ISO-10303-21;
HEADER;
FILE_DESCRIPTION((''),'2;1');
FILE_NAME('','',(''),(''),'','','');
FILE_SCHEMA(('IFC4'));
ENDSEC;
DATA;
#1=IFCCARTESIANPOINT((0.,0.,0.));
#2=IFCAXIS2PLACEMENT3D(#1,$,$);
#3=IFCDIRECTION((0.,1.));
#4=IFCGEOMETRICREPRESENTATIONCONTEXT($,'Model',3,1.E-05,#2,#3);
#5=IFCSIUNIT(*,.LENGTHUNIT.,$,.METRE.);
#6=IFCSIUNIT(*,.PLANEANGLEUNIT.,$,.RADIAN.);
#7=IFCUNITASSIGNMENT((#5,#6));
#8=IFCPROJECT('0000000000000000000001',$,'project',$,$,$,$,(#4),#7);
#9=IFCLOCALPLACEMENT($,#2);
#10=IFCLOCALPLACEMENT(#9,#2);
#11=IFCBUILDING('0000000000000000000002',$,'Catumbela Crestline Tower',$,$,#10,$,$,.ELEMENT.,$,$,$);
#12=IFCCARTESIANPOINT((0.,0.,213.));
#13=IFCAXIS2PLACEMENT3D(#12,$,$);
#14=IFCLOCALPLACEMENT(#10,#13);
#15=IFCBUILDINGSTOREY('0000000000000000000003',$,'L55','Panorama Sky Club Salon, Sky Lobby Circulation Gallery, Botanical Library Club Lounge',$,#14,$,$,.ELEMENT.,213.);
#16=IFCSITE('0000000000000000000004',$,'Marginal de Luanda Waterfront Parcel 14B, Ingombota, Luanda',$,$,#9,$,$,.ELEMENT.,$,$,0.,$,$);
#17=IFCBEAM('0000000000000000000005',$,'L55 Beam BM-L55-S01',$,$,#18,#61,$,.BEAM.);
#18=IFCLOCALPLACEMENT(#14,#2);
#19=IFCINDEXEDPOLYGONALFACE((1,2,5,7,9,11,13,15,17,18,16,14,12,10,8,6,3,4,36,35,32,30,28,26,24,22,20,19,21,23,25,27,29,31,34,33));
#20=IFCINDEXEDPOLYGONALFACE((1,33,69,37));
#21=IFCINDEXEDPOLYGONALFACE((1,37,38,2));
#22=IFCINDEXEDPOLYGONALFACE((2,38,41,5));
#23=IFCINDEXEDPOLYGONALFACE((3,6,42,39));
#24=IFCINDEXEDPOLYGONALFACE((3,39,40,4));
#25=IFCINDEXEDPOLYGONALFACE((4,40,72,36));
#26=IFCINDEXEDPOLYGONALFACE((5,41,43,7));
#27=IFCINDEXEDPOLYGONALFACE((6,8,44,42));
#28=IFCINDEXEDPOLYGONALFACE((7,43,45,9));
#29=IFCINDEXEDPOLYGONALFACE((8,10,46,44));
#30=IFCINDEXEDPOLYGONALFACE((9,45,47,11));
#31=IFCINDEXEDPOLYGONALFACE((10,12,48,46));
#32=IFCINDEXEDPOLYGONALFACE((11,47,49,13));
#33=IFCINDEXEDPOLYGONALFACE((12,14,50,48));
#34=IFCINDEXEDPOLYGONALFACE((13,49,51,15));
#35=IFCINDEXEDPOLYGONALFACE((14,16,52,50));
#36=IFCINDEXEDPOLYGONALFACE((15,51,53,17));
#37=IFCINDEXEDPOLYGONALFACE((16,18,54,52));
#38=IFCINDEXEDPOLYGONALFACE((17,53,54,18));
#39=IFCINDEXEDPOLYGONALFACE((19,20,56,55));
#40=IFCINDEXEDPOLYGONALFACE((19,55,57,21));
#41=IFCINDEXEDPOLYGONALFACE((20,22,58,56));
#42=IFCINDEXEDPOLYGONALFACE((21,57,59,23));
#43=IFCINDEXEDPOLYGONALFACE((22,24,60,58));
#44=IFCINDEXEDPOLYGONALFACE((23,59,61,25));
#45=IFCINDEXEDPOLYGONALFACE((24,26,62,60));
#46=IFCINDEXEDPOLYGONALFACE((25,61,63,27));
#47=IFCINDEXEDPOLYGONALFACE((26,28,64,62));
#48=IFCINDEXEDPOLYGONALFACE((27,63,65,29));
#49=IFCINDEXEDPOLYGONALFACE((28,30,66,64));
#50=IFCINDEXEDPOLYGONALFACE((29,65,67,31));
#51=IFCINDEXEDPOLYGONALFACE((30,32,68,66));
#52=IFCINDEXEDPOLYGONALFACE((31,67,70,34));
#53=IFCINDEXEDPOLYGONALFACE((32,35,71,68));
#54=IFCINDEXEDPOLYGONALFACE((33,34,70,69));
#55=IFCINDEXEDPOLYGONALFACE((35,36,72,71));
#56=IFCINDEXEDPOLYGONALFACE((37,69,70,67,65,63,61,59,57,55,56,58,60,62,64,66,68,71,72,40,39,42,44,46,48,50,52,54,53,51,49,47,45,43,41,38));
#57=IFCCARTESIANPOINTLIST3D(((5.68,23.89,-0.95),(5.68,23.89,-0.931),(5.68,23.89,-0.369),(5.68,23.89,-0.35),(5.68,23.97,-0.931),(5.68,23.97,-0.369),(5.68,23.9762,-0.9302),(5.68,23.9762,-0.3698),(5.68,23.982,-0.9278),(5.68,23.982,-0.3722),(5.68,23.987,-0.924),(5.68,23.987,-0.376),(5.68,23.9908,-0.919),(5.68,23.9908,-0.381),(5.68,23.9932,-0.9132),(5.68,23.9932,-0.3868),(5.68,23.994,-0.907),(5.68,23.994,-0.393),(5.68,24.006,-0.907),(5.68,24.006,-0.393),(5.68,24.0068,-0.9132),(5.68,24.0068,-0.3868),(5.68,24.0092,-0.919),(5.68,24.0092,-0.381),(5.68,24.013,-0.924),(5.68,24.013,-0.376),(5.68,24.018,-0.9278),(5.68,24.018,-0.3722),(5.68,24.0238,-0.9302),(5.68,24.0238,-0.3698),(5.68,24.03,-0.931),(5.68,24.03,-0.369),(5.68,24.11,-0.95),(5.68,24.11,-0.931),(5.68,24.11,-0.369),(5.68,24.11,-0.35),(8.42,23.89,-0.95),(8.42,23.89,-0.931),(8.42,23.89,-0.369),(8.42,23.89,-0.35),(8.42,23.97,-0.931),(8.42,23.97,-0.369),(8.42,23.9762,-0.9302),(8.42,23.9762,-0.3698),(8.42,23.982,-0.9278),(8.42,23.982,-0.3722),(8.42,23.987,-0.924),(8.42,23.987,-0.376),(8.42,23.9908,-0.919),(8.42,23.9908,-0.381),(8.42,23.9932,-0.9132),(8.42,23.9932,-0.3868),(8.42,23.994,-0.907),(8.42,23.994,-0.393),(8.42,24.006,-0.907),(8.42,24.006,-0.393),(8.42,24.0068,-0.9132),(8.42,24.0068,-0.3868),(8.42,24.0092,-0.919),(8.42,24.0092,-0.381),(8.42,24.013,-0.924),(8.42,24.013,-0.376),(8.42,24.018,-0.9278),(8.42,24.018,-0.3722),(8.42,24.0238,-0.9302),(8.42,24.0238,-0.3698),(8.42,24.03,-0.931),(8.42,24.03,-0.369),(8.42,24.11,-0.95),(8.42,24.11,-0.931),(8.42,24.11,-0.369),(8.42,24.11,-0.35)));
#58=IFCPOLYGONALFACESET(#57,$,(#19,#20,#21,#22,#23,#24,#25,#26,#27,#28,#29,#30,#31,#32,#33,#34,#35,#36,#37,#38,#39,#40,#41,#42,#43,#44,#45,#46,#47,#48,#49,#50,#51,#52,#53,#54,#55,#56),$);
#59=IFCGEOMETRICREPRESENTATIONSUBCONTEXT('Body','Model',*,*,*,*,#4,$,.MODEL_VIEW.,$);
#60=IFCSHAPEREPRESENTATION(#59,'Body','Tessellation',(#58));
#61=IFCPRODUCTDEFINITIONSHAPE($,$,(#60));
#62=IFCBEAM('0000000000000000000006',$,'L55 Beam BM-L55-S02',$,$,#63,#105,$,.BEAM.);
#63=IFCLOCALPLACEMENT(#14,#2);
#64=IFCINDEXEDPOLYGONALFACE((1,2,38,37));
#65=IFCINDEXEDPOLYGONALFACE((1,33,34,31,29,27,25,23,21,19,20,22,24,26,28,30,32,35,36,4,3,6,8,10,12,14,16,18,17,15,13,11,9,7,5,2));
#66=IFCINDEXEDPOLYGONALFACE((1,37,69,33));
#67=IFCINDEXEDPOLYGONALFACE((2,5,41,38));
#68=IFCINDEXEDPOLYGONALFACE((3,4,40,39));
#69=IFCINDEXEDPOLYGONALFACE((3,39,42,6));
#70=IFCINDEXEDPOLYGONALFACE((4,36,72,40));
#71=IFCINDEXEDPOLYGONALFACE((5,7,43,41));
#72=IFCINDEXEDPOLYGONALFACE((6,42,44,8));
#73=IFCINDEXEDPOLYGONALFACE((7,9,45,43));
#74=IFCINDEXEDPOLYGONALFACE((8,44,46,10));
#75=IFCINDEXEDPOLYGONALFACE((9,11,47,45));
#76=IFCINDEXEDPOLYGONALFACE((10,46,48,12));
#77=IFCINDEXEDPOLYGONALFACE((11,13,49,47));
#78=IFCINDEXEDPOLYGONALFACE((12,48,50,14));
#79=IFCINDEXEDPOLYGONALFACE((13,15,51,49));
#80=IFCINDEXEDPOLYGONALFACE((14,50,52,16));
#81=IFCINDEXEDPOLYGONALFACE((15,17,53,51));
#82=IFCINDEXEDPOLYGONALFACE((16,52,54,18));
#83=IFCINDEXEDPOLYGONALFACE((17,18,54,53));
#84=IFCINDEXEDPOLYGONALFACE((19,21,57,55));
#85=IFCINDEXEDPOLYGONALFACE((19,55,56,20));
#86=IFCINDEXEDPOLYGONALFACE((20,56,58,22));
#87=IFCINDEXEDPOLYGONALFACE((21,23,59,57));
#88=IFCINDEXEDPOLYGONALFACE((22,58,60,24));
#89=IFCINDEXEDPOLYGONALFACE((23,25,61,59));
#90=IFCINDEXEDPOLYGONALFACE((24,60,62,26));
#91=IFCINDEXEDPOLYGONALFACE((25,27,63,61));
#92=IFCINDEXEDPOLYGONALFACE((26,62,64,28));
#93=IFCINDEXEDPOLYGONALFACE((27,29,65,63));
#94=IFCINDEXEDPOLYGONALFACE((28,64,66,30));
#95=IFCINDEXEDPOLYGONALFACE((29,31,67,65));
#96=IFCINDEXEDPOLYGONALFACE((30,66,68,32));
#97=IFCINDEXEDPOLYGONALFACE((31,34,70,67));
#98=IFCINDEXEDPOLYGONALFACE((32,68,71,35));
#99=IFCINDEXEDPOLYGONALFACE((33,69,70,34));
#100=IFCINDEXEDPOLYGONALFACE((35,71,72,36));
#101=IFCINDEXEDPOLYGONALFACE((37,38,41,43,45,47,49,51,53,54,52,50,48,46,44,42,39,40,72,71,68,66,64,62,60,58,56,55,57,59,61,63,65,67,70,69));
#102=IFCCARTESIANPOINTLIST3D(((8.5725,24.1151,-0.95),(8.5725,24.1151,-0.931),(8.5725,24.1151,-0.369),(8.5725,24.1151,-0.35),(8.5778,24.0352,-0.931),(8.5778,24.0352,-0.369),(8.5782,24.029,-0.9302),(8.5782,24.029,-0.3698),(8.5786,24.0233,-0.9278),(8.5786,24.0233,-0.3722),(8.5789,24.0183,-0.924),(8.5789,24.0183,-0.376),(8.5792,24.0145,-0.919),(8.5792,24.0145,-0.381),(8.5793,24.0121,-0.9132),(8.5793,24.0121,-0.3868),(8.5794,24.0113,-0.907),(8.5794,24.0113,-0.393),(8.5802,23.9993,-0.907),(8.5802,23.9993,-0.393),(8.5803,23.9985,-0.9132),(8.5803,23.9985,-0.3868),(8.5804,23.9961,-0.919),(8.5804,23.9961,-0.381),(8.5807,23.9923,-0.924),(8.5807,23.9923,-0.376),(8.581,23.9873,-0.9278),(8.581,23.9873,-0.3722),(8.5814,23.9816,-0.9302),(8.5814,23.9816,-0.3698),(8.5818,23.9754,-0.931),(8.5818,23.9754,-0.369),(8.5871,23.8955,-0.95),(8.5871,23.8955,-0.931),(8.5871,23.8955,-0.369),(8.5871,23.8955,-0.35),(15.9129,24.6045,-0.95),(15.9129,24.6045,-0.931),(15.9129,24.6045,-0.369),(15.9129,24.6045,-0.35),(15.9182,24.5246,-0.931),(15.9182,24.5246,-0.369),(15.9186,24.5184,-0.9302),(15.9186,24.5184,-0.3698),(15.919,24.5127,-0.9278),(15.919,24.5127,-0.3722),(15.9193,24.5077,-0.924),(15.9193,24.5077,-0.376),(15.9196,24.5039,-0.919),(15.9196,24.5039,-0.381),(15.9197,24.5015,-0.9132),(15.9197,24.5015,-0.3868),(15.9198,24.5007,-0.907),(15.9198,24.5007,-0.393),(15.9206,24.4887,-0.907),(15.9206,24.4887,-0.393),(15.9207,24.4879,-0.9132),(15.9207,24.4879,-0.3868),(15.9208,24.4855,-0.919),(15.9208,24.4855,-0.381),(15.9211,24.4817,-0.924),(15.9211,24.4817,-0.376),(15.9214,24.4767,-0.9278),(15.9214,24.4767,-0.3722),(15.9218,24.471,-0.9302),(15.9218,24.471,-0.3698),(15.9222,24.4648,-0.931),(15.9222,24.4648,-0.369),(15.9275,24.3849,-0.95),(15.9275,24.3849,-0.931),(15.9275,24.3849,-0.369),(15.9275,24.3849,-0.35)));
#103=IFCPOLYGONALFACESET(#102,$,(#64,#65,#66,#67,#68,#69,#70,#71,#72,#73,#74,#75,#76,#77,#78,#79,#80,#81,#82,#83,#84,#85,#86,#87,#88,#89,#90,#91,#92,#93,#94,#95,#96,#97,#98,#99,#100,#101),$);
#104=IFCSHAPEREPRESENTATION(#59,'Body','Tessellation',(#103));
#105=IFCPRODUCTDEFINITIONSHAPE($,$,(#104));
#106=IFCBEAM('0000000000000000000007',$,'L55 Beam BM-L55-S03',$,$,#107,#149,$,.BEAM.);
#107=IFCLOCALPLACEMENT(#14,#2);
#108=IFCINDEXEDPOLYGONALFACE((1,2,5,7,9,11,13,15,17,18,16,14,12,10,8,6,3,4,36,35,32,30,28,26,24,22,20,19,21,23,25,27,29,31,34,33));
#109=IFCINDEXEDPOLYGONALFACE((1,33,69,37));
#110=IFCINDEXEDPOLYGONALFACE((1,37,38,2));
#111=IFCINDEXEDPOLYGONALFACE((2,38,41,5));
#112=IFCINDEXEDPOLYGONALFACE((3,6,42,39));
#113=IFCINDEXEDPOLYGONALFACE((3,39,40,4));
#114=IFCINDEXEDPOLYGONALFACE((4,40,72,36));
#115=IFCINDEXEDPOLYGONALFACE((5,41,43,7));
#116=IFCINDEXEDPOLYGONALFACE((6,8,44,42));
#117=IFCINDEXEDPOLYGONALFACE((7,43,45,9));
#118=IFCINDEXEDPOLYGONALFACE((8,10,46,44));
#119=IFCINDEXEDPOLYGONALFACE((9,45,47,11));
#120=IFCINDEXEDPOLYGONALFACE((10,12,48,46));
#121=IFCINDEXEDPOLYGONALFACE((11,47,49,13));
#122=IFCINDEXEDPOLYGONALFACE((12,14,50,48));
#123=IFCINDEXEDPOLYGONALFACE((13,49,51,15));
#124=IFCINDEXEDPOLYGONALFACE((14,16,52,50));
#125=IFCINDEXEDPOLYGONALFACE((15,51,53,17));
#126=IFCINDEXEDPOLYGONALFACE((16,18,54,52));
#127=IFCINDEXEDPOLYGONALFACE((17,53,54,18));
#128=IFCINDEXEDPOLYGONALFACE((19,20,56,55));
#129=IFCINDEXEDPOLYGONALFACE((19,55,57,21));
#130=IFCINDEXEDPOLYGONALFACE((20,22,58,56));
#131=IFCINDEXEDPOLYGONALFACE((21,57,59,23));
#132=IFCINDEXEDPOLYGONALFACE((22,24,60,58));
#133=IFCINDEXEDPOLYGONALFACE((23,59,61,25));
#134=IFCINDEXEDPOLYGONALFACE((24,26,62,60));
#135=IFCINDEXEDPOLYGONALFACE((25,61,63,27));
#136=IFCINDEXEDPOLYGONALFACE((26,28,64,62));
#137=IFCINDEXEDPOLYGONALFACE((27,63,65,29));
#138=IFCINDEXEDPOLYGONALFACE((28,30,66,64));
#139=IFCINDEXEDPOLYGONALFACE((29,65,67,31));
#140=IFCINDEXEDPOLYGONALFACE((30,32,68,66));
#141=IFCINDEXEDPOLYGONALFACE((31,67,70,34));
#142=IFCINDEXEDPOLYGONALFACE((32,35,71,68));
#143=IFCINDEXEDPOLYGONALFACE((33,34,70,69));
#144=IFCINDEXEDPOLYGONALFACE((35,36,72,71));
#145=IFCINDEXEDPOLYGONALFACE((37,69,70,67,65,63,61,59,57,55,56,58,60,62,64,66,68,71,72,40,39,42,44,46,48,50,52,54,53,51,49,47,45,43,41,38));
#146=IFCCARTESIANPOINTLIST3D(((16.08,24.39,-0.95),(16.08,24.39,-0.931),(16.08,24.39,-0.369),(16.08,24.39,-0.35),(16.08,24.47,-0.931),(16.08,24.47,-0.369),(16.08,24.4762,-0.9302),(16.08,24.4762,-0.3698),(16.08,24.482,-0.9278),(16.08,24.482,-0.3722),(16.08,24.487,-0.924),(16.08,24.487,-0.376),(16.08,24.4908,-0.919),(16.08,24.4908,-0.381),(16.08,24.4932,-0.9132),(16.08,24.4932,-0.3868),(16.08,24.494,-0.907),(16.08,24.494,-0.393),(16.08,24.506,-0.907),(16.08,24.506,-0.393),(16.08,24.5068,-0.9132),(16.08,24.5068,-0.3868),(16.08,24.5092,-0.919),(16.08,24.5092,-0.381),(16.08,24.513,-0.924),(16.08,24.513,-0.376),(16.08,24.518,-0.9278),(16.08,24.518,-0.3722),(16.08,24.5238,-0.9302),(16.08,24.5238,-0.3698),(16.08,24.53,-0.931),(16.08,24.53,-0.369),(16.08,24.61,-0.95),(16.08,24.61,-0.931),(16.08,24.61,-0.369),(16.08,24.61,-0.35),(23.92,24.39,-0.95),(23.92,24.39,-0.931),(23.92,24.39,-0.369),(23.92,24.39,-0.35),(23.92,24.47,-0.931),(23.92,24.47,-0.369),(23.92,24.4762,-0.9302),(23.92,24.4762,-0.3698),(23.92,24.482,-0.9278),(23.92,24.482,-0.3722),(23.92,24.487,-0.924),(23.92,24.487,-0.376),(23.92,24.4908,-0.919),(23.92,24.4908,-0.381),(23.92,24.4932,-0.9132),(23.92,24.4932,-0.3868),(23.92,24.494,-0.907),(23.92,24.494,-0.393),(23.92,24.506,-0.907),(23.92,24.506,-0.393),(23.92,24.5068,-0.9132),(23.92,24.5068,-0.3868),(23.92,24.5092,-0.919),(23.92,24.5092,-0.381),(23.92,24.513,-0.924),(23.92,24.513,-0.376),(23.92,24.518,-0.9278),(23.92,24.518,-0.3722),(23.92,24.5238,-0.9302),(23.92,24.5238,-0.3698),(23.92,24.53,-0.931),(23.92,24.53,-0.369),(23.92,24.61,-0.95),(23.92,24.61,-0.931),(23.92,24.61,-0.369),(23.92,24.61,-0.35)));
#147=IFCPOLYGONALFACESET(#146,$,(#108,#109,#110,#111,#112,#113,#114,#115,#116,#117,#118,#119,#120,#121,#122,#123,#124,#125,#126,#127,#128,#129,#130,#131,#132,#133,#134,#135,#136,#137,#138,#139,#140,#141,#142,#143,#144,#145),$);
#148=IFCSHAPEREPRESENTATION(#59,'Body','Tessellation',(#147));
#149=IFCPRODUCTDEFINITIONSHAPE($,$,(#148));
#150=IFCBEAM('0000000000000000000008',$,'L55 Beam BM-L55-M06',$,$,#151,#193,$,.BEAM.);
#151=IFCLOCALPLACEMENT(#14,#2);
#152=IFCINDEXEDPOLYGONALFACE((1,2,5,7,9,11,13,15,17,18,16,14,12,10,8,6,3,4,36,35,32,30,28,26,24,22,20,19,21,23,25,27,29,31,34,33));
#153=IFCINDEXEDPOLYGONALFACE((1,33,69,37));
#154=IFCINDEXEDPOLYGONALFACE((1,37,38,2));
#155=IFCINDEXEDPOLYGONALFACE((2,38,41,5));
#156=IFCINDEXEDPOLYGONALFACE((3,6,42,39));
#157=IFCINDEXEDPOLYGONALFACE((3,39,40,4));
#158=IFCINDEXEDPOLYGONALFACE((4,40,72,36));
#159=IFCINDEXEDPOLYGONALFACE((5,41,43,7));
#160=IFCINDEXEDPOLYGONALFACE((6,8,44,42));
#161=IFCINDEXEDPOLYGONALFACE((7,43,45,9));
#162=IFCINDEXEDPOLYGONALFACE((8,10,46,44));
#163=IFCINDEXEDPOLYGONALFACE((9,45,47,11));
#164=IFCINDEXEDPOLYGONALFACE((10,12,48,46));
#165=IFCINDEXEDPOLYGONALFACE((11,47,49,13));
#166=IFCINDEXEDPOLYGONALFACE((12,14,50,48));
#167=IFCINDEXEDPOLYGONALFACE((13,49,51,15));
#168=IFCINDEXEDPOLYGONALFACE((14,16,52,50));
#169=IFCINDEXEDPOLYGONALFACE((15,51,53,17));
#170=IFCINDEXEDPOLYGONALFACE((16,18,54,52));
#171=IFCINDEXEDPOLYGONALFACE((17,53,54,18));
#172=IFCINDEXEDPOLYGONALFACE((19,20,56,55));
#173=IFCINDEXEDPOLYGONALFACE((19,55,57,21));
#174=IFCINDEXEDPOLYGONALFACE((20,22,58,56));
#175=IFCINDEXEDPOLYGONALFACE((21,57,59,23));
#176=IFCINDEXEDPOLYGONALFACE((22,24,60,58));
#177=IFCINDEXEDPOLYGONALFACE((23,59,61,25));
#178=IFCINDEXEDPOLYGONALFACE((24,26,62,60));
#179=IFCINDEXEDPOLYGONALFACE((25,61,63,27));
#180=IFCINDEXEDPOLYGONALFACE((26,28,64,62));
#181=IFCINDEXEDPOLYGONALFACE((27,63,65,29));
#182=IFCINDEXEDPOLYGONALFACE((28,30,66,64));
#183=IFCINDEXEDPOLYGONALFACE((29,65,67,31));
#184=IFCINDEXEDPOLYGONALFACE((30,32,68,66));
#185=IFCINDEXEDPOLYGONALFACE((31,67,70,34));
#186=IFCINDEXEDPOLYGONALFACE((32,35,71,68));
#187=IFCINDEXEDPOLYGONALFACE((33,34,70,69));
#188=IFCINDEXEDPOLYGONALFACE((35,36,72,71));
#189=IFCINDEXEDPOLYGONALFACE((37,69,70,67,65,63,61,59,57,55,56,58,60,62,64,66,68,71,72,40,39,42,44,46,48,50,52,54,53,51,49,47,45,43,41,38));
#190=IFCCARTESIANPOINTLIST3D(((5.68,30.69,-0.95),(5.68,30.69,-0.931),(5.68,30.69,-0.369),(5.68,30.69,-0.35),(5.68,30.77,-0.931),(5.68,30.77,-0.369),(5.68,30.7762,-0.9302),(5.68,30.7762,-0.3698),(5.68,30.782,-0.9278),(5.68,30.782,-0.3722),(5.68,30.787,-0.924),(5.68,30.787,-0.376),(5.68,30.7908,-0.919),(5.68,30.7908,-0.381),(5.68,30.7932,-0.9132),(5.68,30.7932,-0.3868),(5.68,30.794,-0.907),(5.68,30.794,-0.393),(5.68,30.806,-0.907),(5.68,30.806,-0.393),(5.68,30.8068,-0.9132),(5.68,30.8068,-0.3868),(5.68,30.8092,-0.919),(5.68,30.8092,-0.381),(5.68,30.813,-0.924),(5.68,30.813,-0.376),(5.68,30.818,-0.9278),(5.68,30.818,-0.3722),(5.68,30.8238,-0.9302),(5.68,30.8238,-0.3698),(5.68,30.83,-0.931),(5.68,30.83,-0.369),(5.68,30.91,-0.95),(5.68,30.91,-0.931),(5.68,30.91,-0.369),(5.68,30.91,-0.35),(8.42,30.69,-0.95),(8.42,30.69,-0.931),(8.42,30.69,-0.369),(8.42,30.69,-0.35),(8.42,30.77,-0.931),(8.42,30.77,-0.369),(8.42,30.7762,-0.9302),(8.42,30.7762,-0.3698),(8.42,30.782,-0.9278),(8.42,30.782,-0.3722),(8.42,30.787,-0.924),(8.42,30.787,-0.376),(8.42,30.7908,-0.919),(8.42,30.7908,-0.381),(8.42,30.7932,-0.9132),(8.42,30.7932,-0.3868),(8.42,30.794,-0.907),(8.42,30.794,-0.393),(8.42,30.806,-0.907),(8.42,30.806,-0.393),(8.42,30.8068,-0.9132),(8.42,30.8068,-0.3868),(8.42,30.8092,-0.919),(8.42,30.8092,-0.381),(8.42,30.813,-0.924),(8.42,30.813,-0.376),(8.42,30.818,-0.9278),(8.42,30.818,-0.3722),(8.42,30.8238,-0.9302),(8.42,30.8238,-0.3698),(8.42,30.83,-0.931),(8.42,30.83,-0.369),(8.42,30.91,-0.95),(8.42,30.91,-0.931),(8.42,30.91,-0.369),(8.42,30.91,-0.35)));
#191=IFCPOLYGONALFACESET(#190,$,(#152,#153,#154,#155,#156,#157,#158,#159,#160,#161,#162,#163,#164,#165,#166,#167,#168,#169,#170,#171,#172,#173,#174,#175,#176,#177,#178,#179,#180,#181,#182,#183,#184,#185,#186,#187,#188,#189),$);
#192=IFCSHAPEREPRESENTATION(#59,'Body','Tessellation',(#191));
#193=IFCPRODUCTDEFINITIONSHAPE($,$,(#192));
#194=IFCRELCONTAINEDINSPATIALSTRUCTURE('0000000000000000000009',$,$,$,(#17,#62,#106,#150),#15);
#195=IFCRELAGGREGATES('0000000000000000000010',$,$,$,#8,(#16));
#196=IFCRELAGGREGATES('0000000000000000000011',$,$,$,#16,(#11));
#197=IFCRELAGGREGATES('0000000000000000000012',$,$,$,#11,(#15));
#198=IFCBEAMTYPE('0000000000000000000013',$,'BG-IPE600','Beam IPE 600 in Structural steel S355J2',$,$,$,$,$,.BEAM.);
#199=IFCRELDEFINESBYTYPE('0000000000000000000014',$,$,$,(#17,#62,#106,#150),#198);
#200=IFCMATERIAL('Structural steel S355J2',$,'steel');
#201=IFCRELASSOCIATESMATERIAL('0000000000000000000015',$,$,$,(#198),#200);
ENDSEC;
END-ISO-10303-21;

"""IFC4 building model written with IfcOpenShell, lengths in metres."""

from ifc_helpers import new_model, si_unit, direction, frame, origin, origin_2d, place, context, subcontext, project, spatial, i_section, extrude, material, material_profile, profile_set, type_object, element, save


model = new_model("IFC4")

# Units and contexts
model_context = context("Model", 3, precision=1e-05, world=origin(), true_north=direction((0.0, 1.0)))
body_context = subcontext(model_context, "Body", "Model", "MODEL_VIEW")
ifc_project = project(units=[si_unit("LENGTHUNIT", "METRE"), si_unit("PLANEANGLEUNIT", "RADIAN")], contexts=[model_context])

# Site, building, storey
site_placement = place(None, origin())
site = spatial("IfcSite", under=ifc_project, at=site_placement, Name="Marginal de Luanda Waterfront Parcel 14B, Ingombota, Luanda", CompositionType="ELEMENT", RefElevation=0.0)
building_placement = place(site_placement, origin())
building = spatial("IfcBuilding", under=site, at=building_placement, Name="Catumbela Crestline Tower", CompositionType="ELEMENT")
storey_placement = place(building_placement, frame((0.0, 0.0, 213.0)))
storey = spatial("IfcBuildingStorey", under=building, at=storey_placement, Name="L55", Description="Panorama Sky Club Salon, Sky Lobby Circulation Gallery, Botanical Library Club Lounge", CompositionType="ELEMENT", Elevation=213.0)

# Shared definitions
ifc_material_1 = material(Name="Structural steel S355J2", Category="steel")

# Beams
ifc_material_profile_1 = material_profile(ifc_material_1, i_section(OverallWidth=0.22, OverallDepth=0.6, WebThickness=0.012, FlangeThickness=0.019, FilletRadius=0.024, at=origin_2d()), Name="IPE 600")
ifc_profile_set_1 = profile_set([ifc_material_profile_1], Name="Structural steel S355J2")
beam_type_1 = type_object("IfcBeamType", Name="BG-IPE600", Description="Beam IPE 600 in Structural steel S355J2", PredefinedType="BEAM", material=ifc_profile_set_1)
beam_1_placement = place(storey_placement, frame((5.68, 24.0, -0.65), z_axis=(1.0, 0.0, 0.0), x_axis=(0.0, 1.0, 0.0)))
element("IfcBeam", 1, at=beam_1_placement, inside=storey, type_object=beam_type_1, Name="L55 Beam BM-L55-S01", PredefinedType="BEAM", context=body_context, shape_type="SweptSolid", body=[
    extrude(i_section(OverallWidth=0.22, OverallDepth=0.6, WebThickness=0.012, FlangeThickness=0.019, FilletRadius=0.024, at=origin_2d()), origin(), (0.0, 0.0, 1.0), 2.74),
])
beam_2_placement = place(storey_placement, frame((8.5798, 24.0053, -0.65), z_axis=(0.997785, 0.066524, 0.0), x_axis=(-0.066524, 0.997785, 0.0)))
element("IfcBeam", 2, at=beam_2_placement, inside=storey, type_object=beam_type_1, Name="L55 Beam BM-L55-S02", PredefinedType="BEAM", context=body_context, shape_type="SweptSolid", body=[
    extrude(i_section(OverallWidth=0.22, OverallDepth=0.6, WebThickness=0.012, FlangeThickness=0.019, FilletRadius=0.024, at=origin_2d()), origin(), (0.0, 0.0, 1.0), 7.3567),
])
beam_3_placement = place(storey_placement, frame((16.08, 24.5, -0.65), z_axis=(1.0, 0.0, 0.0), x_axis=(0.0, 1.0, 0.0)))
element("IfcBeam", 3, at=beam_3_placement, inside=storey, type_object=beam_type_1, Name="L55 Beam BM-L55-S03", PredefinedType="BEAM", context=body_context, shape_type="SweptSolid", body=[
    extrude(i_section(OverallWidth=0.22, OverallDepth=0.6, WebThickness=0.012, FlangeThickness=0.019, FilletRadius=0.024, at=origin_2d()), origin(), (0.0, 0.0, 1.0), 7.84),
])
beam_4_placement = place(storey_placement, frame((5.68, 30.8, -0.65), z_axis=(1.0, 0.0, 0.0), x_axis=(0.0, 1.0, 0.0)))
element("IfcBeam", 4, at=beam_4_placement, inside=storey, type_object=beam_type_1, Name="L55 Beam BM-L55-M06", PredefinedType="BEAM", context=body_context, shape_type="SweptSolid", body=[
    extrude(i_section(OverallWidth=0.22, OverallDepth=0.6, WebThickness=0.012, FlangeThickness=0.019, FilletRadius=0.024, at=origin_2d()), origin(), (0.0, 0.0, 1.0), 2.74),
])

save(model, "model.ifc")
